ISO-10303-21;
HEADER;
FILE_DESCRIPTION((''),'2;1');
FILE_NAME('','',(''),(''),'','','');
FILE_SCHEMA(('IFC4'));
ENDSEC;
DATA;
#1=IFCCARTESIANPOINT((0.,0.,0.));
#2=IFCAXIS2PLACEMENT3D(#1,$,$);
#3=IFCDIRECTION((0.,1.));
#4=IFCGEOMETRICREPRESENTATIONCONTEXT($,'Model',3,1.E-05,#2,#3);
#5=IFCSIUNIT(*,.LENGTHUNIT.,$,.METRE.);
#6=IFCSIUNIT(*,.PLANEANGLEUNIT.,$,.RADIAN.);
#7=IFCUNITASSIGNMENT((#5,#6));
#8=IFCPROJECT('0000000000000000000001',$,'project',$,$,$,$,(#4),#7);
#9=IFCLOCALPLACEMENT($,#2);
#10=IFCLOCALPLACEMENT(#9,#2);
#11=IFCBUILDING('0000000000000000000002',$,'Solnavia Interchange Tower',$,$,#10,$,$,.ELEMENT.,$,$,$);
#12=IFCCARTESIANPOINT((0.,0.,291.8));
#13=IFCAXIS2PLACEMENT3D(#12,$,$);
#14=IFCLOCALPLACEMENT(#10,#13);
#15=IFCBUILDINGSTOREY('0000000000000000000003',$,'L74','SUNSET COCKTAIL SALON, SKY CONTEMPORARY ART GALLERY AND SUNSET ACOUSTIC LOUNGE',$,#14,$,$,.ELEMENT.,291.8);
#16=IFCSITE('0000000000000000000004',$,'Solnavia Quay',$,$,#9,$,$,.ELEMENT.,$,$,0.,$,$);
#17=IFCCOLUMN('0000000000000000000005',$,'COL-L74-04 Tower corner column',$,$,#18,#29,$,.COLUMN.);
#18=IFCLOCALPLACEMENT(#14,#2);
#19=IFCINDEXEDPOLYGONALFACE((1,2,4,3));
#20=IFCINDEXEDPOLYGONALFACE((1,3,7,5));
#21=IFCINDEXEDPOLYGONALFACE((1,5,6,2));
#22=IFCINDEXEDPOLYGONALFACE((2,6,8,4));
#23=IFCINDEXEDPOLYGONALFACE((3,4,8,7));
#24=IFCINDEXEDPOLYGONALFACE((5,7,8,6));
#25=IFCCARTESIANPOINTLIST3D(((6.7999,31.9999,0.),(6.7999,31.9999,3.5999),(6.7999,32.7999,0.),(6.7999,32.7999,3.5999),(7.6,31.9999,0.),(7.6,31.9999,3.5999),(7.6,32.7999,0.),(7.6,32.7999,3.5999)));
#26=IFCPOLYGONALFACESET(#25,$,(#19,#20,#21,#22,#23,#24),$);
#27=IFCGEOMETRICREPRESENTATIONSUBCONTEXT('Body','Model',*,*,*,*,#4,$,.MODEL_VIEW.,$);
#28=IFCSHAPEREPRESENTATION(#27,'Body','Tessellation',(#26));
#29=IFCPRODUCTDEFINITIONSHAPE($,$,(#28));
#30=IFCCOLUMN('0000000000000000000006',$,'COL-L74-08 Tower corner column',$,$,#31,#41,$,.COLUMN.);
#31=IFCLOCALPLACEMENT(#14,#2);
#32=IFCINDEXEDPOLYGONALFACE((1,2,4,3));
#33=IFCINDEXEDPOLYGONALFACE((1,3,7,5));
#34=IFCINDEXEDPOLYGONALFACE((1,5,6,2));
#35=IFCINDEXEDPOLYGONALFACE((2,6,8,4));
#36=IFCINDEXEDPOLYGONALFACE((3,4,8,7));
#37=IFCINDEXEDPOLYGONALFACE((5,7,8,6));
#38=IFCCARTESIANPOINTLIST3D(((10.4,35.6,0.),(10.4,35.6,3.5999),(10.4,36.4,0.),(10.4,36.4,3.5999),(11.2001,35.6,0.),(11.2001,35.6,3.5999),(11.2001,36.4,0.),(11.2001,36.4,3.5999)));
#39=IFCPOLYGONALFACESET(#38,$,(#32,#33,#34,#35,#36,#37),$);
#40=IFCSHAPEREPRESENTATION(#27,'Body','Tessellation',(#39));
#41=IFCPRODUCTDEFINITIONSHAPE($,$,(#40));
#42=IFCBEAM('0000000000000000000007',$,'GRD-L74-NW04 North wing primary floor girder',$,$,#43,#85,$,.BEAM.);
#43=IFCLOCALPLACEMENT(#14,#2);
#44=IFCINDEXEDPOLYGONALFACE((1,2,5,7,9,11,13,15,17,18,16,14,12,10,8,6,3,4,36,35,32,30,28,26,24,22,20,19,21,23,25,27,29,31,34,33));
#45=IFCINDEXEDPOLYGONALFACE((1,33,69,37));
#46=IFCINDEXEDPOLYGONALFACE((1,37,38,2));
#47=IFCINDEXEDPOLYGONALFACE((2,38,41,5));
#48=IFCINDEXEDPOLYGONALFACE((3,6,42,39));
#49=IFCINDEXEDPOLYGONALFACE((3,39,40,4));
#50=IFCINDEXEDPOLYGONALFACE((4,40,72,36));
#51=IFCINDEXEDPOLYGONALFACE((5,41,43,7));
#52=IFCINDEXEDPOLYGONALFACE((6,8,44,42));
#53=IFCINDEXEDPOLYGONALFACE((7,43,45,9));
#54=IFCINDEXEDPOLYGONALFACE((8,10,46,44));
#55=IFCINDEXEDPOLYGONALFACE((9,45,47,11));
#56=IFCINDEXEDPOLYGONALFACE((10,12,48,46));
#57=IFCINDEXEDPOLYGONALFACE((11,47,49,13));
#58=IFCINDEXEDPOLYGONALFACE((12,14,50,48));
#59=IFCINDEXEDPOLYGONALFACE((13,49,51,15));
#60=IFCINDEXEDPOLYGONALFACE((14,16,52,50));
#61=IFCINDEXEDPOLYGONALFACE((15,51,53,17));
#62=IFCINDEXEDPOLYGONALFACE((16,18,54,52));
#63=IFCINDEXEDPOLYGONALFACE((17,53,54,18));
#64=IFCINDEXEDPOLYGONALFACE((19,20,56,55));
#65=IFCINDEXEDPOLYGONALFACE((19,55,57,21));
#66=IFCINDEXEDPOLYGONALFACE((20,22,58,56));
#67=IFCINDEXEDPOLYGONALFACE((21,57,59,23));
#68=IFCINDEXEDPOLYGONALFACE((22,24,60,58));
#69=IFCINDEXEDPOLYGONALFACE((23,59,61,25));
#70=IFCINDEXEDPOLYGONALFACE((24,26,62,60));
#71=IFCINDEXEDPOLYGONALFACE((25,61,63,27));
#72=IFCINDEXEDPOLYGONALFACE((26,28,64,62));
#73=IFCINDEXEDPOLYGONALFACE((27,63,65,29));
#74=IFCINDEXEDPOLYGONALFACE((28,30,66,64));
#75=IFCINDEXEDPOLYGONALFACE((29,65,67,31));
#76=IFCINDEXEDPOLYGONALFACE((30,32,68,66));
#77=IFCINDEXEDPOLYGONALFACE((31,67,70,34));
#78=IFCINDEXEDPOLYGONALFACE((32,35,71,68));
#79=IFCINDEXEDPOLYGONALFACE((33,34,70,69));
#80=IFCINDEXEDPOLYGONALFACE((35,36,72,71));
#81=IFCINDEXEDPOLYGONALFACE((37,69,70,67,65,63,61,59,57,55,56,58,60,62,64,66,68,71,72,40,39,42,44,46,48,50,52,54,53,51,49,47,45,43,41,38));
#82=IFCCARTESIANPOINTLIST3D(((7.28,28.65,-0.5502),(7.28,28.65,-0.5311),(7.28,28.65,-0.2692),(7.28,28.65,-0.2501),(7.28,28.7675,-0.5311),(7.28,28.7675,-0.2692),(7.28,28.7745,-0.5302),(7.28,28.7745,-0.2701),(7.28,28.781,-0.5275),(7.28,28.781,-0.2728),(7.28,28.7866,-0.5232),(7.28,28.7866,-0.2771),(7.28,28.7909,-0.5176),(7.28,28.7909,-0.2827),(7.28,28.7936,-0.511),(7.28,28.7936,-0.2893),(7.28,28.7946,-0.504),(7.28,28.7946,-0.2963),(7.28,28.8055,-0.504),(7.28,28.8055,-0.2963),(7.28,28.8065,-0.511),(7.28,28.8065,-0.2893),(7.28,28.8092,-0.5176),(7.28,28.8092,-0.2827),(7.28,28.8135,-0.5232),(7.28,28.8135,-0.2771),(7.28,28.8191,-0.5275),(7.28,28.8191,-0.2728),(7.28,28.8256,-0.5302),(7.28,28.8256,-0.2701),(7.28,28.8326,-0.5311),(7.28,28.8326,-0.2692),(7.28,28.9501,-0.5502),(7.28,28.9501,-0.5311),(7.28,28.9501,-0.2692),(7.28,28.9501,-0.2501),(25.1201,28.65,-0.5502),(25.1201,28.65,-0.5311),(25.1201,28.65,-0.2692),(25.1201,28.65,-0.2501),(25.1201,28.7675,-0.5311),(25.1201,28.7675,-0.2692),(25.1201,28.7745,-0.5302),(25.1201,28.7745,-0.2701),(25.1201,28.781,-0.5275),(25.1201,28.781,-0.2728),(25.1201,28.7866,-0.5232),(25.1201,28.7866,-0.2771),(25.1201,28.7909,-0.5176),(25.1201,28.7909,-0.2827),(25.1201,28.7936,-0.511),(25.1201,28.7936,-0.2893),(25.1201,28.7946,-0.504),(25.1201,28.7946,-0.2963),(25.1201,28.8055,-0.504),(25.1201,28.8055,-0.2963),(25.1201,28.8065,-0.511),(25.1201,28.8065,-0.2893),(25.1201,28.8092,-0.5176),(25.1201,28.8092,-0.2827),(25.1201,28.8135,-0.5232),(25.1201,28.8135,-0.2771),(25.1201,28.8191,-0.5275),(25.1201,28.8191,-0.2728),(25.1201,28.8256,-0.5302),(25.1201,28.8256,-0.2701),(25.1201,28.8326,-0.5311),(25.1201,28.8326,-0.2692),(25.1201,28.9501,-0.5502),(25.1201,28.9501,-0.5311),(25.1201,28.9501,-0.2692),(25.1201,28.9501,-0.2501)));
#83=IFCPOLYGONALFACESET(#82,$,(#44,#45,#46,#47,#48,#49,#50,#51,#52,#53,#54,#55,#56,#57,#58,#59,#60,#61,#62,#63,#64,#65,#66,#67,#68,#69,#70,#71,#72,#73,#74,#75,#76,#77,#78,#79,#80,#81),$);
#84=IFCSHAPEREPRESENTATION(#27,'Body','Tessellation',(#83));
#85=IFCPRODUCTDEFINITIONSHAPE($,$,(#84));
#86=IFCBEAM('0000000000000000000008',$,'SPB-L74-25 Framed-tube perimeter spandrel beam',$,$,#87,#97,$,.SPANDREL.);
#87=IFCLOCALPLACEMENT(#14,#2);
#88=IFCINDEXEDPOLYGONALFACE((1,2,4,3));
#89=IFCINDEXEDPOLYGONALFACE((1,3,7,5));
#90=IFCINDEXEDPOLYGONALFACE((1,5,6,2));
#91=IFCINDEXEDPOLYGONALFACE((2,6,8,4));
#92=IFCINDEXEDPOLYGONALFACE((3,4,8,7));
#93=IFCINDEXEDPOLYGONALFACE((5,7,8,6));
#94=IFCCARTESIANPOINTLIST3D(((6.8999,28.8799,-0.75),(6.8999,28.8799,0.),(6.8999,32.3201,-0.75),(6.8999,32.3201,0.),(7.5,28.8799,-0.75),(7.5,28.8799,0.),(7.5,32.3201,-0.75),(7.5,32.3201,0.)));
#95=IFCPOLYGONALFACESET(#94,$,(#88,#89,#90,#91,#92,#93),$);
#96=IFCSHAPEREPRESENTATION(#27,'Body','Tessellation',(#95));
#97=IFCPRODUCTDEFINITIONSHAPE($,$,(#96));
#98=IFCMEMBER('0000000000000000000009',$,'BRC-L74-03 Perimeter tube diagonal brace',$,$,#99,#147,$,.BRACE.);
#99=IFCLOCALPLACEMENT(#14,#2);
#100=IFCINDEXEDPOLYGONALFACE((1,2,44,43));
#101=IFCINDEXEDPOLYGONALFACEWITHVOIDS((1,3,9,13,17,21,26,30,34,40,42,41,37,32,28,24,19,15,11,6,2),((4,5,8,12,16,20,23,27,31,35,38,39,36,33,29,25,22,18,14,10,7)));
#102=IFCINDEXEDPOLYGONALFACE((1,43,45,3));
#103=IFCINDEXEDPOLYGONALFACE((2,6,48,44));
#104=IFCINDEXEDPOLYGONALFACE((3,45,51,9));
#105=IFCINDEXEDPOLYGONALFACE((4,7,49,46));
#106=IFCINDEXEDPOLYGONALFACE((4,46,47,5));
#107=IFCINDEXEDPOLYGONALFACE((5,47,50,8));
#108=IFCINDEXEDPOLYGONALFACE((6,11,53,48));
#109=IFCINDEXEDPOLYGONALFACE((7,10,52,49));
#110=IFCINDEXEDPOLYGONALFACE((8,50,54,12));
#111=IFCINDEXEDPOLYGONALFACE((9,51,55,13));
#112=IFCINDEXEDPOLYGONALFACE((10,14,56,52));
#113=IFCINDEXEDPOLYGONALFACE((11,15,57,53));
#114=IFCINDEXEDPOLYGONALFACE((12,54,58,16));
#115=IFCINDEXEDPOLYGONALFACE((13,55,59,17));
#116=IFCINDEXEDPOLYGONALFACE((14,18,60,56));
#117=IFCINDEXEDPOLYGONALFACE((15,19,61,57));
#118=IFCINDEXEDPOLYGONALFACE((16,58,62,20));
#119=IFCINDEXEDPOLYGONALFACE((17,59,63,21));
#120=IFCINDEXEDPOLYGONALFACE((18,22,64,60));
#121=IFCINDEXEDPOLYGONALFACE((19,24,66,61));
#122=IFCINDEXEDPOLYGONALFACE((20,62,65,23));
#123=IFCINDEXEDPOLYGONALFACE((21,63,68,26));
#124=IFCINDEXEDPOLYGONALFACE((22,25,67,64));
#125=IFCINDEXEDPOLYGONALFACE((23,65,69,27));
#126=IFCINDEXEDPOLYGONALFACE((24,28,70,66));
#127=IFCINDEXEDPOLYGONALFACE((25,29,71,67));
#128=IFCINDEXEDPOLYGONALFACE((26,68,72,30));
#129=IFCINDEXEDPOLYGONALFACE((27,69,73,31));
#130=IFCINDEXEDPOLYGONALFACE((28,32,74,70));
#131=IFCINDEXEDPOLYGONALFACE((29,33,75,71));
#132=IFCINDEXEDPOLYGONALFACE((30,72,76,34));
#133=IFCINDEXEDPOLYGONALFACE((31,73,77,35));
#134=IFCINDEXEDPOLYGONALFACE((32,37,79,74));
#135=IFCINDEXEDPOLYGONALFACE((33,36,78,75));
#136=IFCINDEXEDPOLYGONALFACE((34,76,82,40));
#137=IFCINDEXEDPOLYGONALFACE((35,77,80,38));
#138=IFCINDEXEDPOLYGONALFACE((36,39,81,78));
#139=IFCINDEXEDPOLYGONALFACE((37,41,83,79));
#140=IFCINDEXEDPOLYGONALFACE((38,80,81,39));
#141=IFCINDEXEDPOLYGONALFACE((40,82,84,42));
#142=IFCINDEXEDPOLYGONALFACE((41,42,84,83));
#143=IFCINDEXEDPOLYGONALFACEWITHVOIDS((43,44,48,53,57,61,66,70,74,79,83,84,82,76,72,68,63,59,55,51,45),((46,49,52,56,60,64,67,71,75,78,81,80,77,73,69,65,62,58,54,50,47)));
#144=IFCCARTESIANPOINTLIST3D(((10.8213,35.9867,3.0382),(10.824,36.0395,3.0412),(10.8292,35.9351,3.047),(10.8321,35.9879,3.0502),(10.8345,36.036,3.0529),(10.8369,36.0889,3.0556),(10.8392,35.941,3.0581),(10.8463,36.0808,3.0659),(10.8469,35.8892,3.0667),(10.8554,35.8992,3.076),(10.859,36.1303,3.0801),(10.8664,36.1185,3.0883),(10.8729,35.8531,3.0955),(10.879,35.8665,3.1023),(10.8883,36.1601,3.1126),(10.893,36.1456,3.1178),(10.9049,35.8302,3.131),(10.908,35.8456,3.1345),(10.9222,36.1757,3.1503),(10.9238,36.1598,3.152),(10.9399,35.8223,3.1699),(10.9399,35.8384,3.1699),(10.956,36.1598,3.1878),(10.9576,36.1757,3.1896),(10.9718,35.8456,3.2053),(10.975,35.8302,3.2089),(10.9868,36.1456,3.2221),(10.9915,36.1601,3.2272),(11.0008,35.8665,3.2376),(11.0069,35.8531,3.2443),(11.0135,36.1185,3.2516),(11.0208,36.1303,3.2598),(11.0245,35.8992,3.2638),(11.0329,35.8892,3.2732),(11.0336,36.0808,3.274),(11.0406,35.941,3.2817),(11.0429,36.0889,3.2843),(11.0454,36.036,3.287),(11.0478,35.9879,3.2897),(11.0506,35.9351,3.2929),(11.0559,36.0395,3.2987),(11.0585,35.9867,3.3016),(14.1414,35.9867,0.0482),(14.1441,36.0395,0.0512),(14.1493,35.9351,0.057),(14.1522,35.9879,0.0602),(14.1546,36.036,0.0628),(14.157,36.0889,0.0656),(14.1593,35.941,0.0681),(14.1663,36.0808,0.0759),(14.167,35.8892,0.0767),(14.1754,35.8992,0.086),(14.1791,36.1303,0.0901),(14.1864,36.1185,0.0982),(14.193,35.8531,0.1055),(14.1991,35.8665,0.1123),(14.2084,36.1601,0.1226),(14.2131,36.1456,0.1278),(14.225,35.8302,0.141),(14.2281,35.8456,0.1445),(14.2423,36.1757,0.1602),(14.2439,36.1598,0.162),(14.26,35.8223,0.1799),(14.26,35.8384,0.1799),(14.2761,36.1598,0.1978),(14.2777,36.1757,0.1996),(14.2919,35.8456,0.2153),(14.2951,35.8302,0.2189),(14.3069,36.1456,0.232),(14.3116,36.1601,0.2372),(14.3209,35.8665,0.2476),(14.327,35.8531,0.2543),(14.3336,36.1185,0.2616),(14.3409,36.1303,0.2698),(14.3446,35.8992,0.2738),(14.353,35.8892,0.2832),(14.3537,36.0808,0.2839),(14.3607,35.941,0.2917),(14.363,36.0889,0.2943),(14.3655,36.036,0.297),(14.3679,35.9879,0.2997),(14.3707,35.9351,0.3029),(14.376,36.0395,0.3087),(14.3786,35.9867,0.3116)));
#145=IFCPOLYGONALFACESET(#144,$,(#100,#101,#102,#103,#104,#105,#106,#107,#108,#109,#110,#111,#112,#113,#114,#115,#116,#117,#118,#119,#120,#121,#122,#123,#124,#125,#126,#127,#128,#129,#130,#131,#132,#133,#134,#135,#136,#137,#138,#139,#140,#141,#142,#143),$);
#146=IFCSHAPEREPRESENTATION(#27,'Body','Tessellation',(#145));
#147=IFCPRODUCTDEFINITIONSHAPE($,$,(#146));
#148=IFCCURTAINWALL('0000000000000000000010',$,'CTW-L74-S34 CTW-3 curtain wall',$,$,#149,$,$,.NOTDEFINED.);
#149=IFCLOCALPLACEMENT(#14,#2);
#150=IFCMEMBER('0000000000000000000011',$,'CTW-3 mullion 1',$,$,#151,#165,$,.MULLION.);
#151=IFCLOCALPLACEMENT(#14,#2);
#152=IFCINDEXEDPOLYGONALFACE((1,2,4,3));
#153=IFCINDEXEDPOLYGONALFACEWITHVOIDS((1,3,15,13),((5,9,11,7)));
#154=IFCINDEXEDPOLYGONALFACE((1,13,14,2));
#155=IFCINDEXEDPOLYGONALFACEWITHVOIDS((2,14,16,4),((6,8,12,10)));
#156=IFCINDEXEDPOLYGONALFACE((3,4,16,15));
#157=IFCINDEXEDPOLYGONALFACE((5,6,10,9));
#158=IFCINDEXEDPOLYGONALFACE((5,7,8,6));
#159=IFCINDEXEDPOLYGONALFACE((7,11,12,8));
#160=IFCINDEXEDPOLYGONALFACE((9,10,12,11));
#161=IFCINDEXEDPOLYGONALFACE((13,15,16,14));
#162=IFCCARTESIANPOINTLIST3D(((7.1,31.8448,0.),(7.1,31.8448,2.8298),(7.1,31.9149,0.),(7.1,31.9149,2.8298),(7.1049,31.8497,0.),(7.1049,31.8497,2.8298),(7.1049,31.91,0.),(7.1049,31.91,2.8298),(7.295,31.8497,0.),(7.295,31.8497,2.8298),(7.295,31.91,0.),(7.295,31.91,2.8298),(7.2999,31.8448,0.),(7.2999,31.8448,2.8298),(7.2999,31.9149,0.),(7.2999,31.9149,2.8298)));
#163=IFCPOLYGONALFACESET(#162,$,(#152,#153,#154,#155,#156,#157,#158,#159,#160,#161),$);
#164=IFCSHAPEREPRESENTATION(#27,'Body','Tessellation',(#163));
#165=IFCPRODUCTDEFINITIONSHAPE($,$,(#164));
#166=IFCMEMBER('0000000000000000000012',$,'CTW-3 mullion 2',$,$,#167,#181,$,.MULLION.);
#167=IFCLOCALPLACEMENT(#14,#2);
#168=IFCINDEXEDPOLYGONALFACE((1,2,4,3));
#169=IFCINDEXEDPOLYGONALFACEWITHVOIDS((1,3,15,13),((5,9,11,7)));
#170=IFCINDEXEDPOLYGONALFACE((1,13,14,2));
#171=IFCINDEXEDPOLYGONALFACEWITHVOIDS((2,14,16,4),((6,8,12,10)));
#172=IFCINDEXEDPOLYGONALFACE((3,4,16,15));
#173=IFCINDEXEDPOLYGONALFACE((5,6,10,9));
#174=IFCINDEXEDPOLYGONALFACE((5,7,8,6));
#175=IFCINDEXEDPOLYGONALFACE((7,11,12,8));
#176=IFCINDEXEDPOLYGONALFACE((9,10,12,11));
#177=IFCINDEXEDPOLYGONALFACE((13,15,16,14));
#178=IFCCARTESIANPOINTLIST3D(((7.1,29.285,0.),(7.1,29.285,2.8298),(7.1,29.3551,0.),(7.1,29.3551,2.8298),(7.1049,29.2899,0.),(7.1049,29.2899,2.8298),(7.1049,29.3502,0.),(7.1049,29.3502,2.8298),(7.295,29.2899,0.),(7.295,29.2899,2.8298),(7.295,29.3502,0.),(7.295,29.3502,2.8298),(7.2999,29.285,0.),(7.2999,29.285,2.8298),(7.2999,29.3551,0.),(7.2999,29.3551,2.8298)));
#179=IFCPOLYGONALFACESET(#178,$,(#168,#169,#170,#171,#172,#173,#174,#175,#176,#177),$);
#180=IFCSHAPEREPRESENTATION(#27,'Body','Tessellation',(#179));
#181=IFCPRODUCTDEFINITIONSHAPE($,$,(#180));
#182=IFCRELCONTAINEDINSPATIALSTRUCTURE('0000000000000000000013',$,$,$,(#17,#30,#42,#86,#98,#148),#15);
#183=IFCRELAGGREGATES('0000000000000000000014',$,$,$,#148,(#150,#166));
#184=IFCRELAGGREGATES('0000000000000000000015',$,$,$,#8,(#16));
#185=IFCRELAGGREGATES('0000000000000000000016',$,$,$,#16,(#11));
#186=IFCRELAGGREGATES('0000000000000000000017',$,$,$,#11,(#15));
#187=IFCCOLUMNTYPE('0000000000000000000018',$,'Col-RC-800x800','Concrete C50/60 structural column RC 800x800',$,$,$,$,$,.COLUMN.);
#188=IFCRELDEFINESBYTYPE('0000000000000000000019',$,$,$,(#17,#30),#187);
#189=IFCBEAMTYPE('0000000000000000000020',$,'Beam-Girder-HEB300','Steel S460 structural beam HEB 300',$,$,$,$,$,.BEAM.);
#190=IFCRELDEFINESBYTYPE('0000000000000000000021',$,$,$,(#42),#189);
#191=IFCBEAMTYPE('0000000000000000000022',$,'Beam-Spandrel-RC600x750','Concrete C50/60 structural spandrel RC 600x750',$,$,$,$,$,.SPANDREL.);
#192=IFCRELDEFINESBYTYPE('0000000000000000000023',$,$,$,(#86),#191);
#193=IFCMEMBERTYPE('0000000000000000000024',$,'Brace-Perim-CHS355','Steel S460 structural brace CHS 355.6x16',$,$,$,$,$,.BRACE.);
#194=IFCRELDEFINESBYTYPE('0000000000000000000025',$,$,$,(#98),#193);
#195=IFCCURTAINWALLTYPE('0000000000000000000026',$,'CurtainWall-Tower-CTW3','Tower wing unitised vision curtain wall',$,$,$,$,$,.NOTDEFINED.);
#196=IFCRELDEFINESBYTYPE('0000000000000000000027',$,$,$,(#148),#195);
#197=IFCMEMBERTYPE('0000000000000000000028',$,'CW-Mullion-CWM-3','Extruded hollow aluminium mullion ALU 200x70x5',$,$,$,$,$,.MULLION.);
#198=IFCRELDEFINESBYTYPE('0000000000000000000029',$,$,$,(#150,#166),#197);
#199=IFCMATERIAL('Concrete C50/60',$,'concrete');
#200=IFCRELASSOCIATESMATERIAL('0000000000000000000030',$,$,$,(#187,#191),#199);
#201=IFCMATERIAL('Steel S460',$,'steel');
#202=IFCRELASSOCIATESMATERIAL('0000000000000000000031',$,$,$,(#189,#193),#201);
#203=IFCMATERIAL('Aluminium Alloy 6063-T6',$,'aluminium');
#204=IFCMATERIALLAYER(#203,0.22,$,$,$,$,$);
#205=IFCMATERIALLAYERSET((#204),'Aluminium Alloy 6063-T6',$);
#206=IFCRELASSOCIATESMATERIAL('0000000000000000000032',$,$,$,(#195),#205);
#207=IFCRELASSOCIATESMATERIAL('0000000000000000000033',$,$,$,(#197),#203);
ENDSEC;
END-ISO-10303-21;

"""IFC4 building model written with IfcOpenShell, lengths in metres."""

from ifc_helpers import new_model, si_unit, direction, frame, origin, origin_2d, place, context, subcontext, project, spatial, rectangle, hollow_rectangle, hollow_circle, i_section, extrude, material, layer, layer_set, material_profile, profile_set, type_object, element, aggregate, save


model = new_model("IFC4")

# Units and contexts
model_context = context("Model", 3, precision=1e-05, world=origin(), true_north=direction((0.0, 1.0)))
body_context = subcontext(model_context, "Body", "Model", "MODEL_VIEW")
ifc_project = project(units=[si_unit("LENGTHUNIT", "METRE"), si_unit("PLANEANGLEUNIT", "RADIAN")], contexts=[model_context])

# Site, building, storey
site_placement = place(None, origin())
site = spatial("IfcSite", under=ifc_project, at=site_placement, Name="Solnavia Quay", CompositionType="ELEMENT", RefElevation=0.0)
building_placement = place(site_placement, origin())
building = spatial("IfcBuilding", under=site, at=building_placement, Name="Solnavia Interchange Tower", CompositionType="ELEMENT")
storey_placement = place(building_placement, frame((0.0, 0.0, 291.8)))
storey = spatial("IfcBuildingStorey", under=building, at=storey_placement, Name="L74", Description="SUNSET COCKTAIL SALON, SKY CONTEMPORARY ART GALLERY AND SUNSET ACOUSTIC LOUNGE", CompositionType="ELEMENT", Elevation=291.8)

# Columns
ifc_material_1 = material(Name="Concrete C50/60", Category="concrete")
ifc_material_profile_1 = material_profile(ifc_material_1, rectangle(XDim=0.8, YDim=0.8, at=origin_2d()), Name="RC 800x800")
ifc_profile_set_1 = profile_set([ifc_material_profile_1], Name="Concrete C50/60")
column_type = type_object("IfcColumnType", Name="Col-RC-800x800", Description="Concrete C50/60 structural column RC 800x800", PredefinedType="COLUMN", material=ifc_profile_set_1)
for number, where, z_axis, x_axis, name in (
    (1, (7.2, 32.3999, 0.0), (0.0, 0.0, 1.0), (0.0, 1.0, 0.0), "COL-L74-04 Tower corner column"),
    (2, (10.8, 36.0, 0.0), (0.0, 0.0, 1.0), (1.0, 0.0, 0.0), "COL-L74-08 Tower corner column"),
):
    element("IfcColumn", number, at=place(storey_placement, frame(where, z_axis=z_axis, x_axis=x_axis)), inside=storey, type_object=column_type, Name=name, PredefinedType="COLUMN", context=body_context, shape_type="SweptSolid", body=[
        extrude(rectangle(XDim=0.8, YDim=0.8, at=origin_2d()), origin(), (0.0, 0.0, 1.0), 3.5999),
    ])

# Beams
ifc_material_2 = material(Name="Steel S460", Category="steel")
ifc_material_profile_2 = material_profile(ifc_material_2, i_section(OverallWidth=0.3, OverallDepth=0.3, WebThickness=0.011, FlangeThickness=0.019, FilletRadius=0.0271, at=origin_2d()), Name="HEB 300")
ifc_profile_set_2 = profile_set([ifc_material_profile_2], Name="Steel S460")
beam_type_1 = type_object("IfcBeamType", Name="Beam-Girder-HEB300", Description="Steel S460 structural beam HEB 300", PredefinedType="BEAM", material=ifc_profile_set_2)
beam_1_placement = place(storey_placement, frame((7.28, 28.8, -0.4001), z_axis=(1.0, 0.0, 0.0), x_axis=(0.0, 1.0, 0.0)))
element("IfcBeam", 3, at=beam_1_placement, inside=storey, type_object=beam_type_1, Name="GRD-L74-NW04 North wing primary floor girder", PredefinedType="BEAM", context=body_context, shape_type="SweptSolid", body=[
    extrude(i_section(OverallWidth=0.3, OverallDepth=0.3, WebThickness=0.011, FlangeThickness=0.019, FilletRadius=0.0271, at=origin_2d()), origin(), (0.0, 0.0, 1.0), 17.8401),
])
ifc_material_profile_3 = material_profile(ifc_material_1, rectangle(XDim=0.6001, YDim=0.75, at=origin_2d()), Name="RC 600x750")
ifc_profile_set_3 = profile_set([ifc_material_profile_3], Name="Concrete C50/60")
beam_type_2 = type_object("IfcBeamType", Name="Beam-Spandrel-RC600x750", Description="Concrete C50/60 structural spandrel RC 600x750", PredefinedType="SPANDREL", material=ifc_profile_set_3)
beam_2_placement = place(storey_placement, frame((7.2, 32.3201, -0.375), z_axis=(0.0, -1.0, 0.0), x_axis=(1.0, 0.0, 0.0)))
element("IfcBeam", 4, at=beam_2_placement, inside=storey, type_object=beam_type_2, Name="SPB-L74-25 Framed-tube perimeter spandrel beam", PredefinedType="SPANDREL", context=body_context, shape_type="SweptSolid", body=[
    extrude(rectangle(XDim=0.6001, YDim=0.75, at=origin_2d()), origin(), (0.0, 0.0, 1.0), 3.4402),
])

# Member
ifc_material_profile_4 = material_profile(ifc_material_2, hollow_circle(Radius=0.1777, WallThickness=0.0161, at=origin_2d()), Name="CHS 355.6x16")
ifc_profile_set_4 = profile_set([ifc_material_profile_4], Name="Steel S460")
member_type_1 = type_object("IfcMemberType", Name="Brace-Perim-CHS355", Description="Steel S460 structural brace CHS 355.6x16", PredefinedType="BRACE", material=ifc_profile_set_4)
member_1_placement = place(storey_placement, frame((14.26, 36.0, 0.1799), z_axis=(-0.743079, 0.0, 0.669203), x_axis=(0.0, -1.0, 0.0)))
element("IfcMember", 5, at=member_1_placement, inside=storey, type_object=member_type_1, Name="BRC-L74-03 Perimeter tube diagonal brace", PredefinedType="BRACE", context=body_context, shape_type="SweptSolid", body=[
    extrude(hollow_circle(Radius=0.1777, WallThickness=0.0161, at=origin_2d()), origin(), (0.0, 0.0, 1.0), 4.468),
])

# Curtain wall, members
ifc_material_3 = material(Name="Aluminium Alloy 6063-T6", Category="aluminium")
ifc_layer_1 = layer(ifc_material_3, 0.22)
ifc_layer_set_1 = layer_set([ifc_layer_1], Name="Aluminium Alloy 6063-T6")
curtain_wall_type = type_object("IfcCurtainWallType", Name="CurtainWall-Tower-CTW3", Description="Tower wing unitised vision curtain wall", PredefinedType="NOTDEFINED", material=ifc_layer_set_1)
curtain_wall_placement = place(storey_placement, origin())
curtain_wall = element("IfcCurtainWall", 6, at=curtain_wall_placement, inside=storey, type_object=curtain_wall_type, Name="CTW-L74-S34 CTW-3 curtain wall", PredefinedType="NOTDEFINED")
ifc_material_profile_5 = material_profile(ifc_material_3, hollow_rectangle(XDim=0.0701, YDim=0.2, WallThickness=0.0049, at=origin_2d()), Name="ALU 200x70x5")
ifc_profile_set_5 = profile_set([ifc_material_profile_5], Name="Aluminium Alloy 6063-T6")
member_type_2 = type_object("IfcMemberType", Name="CW-Mullion-CWM-3", Description="Extruded hollow aluminium mullion ALU 200x70x5", PredefinedType="MULLION", material=ifc_profile_set_5)
member_2_placement = place(storey_placement, frame((7.2, 31.8799, 0.0), z_axis=(0.0, 0.0, 1.0), x_axis=(0.0, -1.0, 0.0)))
member_2 = element("IfcMember", 7, at=member_2_placement, type_object=member_type_2, Name="CTW-3 mullion 1", PredefinedType="MULLION", context=body_context, shape_type="SweptSolid", body=[
    extrude(hollow_rectangle(XDim=0.0701, YDim=0.2, WallThickness=0.0049, at=origin_2d()), origin(), (0.0, 0.0, 1.0), 2.8298),
])
member_3_placement = place(storey_placement, frame((7.2, 29.3201, 0.0), z_axis=(0.0, 0.0, 1.0), x_axis=(0.0, -1.0, 0.0)))
member_3 = element("IfcMember", 8, at=member_3_placement, type_object=member_type_2, Name="CTW-3 mullion 2", PredefinedType="MULLION", context=body_context, shape_type="SweptSolid", body=[
    extrude(hollow_rectangle(XDim=0.0701, YDim=0.2, WallThickness=0.0049, at=origin_2d()), origin(), (0.0, 0.0, 1.0), 2.8298),
])
aggregate(curtain_wall, [member_2, member_3])

save(model, "model.ifc")
